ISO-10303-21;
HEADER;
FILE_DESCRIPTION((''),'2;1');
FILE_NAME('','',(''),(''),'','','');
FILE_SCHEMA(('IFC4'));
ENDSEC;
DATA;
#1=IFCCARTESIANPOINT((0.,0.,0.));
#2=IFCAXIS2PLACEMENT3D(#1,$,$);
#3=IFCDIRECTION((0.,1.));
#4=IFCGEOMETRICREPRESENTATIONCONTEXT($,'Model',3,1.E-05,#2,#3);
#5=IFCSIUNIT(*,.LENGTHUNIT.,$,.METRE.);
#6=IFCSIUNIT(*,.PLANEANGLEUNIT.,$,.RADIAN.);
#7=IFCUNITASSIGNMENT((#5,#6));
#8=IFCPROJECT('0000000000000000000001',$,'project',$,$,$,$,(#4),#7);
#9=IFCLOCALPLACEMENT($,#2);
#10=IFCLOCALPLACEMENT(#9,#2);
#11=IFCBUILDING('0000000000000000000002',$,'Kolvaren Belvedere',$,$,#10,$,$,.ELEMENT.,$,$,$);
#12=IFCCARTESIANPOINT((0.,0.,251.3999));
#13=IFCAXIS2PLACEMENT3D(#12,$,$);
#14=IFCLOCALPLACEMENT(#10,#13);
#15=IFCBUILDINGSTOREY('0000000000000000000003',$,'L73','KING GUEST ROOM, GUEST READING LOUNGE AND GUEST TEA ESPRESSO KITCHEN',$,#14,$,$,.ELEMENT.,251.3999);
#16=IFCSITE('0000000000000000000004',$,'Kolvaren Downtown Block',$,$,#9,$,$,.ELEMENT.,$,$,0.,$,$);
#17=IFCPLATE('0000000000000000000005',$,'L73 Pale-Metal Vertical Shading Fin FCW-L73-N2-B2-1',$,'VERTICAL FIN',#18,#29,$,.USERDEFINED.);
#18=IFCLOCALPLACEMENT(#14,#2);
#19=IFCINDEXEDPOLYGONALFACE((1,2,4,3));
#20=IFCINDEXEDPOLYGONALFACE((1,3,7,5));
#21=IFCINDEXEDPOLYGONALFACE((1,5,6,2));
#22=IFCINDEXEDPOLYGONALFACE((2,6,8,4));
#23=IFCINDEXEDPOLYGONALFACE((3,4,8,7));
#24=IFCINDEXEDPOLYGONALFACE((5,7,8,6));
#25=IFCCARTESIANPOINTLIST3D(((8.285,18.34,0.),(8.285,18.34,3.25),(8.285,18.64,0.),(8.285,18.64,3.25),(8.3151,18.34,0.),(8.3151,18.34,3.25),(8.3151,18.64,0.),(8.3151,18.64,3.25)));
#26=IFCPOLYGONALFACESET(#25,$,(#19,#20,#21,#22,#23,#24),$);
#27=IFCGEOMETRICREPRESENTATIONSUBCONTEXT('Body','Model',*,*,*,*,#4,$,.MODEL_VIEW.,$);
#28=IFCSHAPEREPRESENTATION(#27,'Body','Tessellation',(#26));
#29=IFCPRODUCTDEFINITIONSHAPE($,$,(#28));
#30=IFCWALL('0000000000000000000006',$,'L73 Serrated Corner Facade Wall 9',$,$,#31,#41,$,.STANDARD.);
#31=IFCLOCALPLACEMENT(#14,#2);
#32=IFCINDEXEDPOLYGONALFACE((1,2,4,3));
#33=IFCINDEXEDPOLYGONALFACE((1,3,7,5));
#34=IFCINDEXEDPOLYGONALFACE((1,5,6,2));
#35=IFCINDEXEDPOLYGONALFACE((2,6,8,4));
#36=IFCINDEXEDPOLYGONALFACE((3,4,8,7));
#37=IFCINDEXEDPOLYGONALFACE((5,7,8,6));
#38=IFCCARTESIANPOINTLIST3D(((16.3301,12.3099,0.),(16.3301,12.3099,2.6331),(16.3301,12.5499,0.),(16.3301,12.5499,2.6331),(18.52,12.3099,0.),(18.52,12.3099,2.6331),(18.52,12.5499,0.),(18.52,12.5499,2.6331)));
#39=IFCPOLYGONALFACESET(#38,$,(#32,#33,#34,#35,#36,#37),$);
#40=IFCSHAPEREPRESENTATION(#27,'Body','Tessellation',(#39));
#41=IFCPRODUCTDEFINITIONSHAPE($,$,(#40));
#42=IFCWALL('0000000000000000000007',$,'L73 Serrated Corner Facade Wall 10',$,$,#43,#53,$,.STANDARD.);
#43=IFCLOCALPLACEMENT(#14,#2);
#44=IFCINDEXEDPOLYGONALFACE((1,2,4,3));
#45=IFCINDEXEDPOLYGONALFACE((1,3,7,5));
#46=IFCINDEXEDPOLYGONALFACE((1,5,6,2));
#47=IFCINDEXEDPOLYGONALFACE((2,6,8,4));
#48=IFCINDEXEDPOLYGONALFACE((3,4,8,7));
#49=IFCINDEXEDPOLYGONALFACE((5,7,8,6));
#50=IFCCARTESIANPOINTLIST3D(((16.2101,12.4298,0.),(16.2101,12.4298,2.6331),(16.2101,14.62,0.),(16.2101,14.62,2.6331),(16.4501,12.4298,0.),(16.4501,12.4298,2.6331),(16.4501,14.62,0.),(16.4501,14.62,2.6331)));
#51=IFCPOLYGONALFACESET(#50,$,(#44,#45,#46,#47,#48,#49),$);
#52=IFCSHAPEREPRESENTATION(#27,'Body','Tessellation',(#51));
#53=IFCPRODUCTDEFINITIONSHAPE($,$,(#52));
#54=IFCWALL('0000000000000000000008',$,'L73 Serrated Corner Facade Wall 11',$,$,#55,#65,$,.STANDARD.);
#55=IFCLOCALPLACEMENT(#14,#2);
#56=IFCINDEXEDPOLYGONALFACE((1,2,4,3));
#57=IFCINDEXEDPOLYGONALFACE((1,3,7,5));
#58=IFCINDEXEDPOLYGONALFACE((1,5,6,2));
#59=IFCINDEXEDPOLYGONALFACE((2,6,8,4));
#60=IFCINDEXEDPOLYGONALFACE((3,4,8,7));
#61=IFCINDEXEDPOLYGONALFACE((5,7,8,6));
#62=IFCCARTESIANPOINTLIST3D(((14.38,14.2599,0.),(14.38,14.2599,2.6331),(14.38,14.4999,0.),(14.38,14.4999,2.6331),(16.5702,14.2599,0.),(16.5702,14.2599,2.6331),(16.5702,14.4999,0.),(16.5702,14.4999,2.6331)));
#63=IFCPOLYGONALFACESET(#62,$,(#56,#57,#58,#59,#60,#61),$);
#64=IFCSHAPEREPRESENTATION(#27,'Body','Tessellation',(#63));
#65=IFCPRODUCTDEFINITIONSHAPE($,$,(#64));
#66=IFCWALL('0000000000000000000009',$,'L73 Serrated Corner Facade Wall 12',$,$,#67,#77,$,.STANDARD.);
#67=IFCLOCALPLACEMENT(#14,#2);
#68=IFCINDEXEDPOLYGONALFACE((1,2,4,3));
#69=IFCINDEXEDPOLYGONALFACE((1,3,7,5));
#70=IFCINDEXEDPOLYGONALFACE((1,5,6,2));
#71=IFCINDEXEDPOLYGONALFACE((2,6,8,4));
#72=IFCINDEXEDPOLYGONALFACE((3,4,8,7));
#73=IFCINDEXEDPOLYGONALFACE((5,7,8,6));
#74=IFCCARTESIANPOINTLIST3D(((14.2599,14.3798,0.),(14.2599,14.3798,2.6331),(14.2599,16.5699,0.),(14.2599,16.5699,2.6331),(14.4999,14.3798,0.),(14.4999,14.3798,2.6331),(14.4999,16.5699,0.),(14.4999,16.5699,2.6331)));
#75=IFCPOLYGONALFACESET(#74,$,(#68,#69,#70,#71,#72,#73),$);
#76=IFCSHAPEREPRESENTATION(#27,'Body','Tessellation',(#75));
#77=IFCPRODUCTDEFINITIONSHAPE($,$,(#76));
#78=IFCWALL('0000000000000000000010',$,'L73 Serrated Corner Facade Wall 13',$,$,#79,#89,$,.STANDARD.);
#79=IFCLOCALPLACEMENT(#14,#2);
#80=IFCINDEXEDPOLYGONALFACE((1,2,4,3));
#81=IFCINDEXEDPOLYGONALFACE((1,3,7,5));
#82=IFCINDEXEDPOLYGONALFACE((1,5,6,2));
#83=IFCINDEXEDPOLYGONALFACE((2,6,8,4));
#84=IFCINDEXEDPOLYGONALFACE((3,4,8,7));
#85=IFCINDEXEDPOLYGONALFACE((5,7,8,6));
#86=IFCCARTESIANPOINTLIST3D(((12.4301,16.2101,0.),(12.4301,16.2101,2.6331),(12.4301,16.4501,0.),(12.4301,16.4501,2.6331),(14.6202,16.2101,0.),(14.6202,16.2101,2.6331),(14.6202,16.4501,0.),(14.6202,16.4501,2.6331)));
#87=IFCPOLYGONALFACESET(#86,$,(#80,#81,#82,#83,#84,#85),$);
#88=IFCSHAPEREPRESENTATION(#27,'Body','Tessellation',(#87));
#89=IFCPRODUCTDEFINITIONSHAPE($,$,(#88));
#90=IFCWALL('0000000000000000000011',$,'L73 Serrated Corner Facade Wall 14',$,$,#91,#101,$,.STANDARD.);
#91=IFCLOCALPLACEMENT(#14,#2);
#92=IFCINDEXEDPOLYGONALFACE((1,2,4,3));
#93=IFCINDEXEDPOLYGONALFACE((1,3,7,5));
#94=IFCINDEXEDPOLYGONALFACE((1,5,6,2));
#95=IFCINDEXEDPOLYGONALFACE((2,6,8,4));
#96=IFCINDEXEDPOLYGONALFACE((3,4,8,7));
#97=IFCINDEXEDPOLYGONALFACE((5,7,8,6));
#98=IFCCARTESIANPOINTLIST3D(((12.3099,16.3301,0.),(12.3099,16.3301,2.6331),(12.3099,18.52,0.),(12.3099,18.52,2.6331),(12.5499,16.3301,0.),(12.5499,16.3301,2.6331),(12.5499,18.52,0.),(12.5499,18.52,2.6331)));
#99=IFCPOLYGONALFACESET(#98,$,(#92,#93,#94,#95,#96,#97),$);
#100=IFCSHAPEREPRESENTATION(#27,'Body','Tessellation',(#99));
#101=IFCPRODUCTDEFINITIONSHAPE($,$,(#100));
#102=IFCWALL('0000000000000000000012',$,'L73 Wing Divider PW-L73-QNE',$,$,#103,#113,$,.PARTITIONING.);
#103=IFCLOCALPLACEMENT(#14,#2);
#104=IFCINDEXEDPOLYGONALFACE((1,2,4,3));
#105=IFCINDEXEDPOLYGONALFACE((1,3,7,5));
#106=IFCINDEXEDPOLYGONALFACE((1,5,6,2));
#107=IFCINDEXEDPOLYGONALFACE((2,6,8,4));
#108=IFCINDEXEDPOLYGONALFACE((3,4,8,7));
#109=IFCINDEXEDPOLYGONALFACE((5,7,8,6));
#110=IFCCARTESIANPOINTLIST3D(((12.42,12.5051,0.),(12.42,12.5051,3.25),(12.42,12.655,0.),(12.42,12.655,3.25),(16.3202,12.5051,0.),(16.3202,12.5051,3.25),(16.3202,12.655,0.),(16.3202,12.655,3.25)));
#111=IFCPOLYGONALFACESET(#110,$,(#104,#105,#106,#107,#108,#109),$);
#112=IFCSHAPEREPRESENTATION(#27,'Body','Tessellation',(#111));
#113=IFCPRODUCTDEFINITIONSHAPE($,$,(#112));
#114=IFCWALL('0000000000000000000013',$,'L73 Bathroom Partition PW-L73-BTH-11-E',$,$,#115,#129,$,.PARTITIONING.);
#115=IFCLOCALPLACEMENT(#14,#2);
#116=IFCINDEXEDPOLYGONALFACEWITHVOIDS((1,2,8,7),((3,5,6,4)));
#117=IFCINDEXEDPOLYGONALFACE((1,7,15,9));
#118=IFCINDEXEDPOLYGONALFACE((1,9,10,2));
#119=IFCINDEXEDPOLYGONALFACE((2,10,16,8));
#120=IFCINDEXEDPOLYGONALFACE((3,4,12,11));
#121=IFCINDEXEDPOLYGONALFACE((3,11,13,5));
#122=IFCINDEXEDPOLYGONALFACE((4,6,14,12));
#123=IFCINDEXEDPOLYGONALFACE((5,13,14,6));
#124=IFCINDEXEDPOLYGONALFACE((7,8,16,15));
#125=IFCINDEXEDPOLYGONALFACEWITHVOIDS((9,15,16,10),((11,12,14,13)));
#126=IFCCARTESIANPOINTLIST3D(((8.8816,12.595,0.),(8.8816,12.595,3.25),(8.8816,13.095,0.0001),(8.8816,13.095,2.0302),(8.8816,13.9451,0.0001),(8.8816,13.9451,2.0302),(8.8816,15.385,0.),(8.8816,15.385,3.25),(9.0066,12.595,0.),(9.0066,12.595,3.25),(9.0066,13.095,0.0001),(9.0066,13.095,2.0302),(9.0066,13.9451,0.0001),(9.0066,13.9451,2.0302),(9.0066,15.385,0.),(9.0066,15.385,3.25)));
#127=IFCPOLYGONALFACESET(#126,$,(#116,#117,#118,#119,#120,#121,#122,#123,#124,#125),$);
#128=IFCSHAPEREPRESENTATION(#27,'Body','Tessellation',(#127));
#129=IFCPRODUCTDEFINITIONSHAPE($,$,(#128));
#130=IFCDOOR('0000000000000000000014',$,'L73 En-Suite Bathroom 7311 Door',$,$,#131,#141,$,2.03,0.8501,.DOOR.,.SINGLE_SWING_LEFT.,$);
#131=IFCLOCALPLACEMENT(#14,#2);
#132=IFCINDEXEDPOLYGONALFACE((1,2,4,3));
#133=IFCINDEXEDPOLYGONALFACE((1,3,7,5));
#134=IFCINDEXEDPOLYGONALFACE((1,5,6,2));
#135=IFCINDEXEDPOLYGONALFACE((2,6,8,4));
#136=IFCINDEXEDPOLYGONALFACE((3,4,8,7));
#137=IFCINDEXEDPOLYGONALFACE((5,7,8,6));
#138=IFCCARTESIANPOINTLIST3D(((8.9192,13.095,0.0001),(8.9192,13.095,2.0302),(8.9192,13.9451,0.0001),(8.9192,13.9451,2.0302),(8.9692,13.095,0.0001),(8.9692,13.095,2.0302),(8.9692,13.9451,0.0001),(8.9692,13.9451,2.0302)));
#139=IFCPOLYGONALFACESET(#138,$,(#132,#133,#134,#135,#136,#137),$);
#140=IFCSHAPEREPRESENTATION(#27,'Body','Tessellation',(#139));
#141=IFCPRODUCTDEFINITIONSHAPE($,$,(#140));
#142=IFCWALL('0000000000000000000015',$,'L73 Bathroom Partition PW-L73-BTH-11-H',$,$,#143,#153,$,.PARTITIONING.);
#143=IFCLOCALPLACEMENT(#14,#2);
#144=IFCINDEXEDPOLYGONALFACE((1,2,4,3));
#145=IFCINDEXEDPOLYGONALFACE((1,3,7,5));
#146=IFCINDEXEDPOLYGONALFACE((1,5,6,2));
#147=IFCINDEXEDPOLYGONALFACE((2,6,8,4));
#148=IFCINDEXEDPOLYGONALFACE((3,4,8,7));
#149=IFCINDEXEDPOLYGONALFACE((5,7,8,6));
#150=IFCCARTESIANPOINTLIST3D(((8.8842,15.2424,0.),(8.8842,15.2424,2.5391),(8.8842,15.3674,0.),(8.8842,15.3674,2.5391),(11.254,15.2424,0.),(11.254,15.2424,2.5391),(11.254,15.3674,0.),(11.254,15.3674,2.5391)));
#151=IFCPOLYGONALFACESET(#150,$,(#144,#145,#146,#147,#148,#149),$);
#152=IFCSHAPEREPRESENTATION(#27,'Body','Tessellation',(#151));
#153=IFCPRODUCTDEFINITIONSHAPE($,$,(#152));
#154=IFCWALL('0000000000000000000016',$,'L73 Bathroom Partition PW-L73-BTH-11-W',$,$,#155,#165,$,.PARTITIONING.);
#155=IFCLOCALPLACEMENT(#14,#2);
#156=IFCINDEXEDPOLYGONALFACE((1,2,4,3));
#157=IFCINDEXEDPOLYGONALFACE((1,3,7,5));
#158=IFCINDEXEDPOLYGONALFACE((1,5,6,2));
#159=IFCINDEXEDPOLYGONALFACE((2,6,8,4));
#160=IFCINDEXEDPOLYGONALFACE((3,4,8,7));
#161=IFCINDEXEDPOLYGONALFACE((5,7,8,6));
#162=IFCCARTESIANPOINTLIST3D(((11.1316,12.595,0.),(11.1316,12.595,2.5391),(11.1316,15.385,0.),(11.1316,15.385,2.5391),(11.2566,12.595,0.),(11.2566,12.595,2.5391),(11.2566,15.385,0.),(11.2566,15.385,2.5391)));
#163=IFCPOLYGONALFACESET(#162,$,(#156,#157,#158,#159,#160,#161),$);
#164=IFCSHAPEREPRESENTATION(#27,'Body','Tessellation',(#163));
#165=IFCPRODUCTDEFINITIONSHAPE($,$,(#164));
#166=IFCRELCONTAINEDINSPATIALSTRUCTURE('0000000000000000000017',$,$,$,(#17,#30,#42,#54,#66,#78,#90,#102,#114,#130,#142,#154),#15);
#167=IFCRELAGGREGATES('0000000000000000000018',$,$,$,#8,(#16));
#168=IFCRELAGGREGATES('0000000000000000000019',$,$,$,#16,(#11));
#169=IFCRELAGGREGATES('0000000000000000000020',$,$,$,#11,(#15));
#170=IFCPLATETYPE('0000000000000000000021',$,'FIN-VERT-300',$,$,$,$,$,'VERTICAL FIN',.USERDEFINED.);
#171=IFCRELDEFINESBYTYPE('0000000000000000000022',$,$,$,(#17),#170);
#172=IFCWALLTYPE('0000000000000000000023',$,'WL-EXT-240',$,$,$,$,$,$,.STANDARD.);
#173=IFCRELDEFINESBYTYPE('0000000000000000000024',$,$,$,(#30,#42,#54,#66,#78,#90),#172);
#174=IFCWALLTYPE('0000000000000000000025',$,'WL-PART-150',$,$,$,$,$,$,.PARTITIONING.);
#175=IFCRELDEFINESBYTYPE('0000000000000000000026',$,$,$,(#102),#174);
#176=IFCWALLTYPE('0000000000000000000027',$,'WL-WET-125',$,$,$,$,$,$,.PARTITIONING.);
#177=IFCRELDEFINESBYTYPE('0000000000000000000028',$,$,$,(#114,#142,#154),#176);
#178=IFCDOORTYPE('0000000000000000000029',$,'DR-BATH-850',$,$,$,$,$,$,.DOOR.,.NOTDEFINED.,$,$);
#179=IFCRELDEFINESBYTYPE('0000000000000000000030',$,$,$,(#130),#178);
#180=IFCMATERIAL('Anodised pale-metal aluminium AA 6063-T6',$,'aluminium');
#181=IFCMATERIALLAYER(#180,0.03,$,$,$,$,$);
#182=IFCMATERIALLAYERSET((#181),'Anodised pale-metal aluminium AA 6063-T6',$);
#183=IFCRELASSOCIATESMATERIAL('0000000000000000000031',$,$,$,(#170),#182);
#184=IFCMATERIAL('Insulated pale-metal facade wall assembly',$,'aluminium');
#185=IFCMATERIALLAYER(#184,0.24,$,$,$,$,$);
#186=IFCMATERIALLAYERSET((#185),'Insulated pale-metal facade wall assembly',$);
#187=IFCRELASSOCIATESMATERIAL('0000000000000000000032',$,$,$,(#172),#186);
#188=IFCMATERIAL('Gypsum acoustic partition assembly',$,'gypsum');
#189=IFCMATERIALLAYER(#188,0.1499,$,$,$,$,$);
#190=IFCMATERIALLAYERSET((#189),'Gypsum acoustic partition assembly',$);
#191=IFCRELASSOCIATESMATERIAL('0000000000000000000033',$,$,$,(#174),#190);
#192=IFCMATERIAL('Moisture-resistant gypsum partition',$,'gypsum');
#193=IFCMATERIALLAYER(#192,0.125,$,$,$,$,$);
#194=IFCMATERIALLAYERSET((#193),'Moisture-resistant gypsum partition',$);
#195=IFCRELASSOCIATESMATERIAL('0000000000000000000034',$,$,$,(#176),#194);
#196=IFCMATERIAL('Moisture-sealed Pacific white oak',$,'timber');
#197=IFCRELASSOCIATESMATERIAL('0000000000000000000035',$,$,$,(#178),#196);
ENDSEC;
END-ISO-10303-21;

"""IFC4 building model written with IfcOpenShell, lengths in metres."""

from ifc_helpers import new_model, si_unit, direction, frame, frame_2d, origin, origin_2d, place, context, subcontext, project, spatial, rectangle, extrude, material, layer, layer_set, type_object, element, fill, save


model = new_model("IFC4")

# Units and contexts
model_context = context("Model", 3, precision=1e-05, world=origin(), true_north=direction((0.0, 1.0)))
body_context = subcontext(model_context, "Body", "Model", "MODEL_VIEW")
ifc_project = project(units=[si_unit("LENGTHUNIT", "METRE"), si_unit("PLANEANGLEUNIT", "RADIAN")], contexts=[model_context])

# Site, building, storey
site_placement = place(None, origin())
site = spatial("IfcSite", under=ifc_project, at=site_placement, Name="Kolvaren Downtown Block", CompositionType="ELEMENT", RefElevation=0.0)
building_placement = place(site_placement, origin())
building = spatial("IfcBuilding", under=site, at=building_placement, Name="Kolvaren Belvedere", CompositionType="ELEMENT")
storey_placement = place(building_placement, frame((0.0, 0.0, 251.3999)))
storey = spatial("IfcBuildingStorey", under=building, at=storey_placement, Name="L73", Description="KING GUEST ROOM, GUEST READING LOUNGE AND GUEST TEA ESPRESSO KITCHEN", CompositionType="ELEMENT", Elevation=251.3999)

# Plate
ifc_material_1 = material(Name="Anodised pale-metal aluminium AA 6063-T6", Category="aluminium")
ifc_layer_1 = layer(ifc_material_1, 0.03)
ifc_layer_set_1 = layer_set([ifc_layer_1], Name="Anodised pale-metal aluminium AA 6063-T6")
plate_type_1 = type_object("IfcPlateType", Name="FIN-VERT-300", ElementType="VERTICAL FIN", PredefinedType="USERDEFINED", material=ifc_layer_set_1)
plate_1_placement = place(storey_placement, frame((8.3, 18.49, 0.0), z_axis=(0.0, 0.0, 1.0), x_axis=(0.0, 1.0, 0.0)))
element("IfcPlate", 1, at=plate_1_placement, inside=storey, type_object=plate_type_1, Name="L73 Pale-Metal Vertical Shading Fin FCW-L73-N2-B2-1", ObjectType="VERTICAL FIN", PredefinedType="USERDEFINED", context=body_context, shape_type="SweptSolid", body=[
    extrude(rectangle(XDim=0.3, YDim=0.03, at=origin_2d()), origin(), (0.0, 0.0, 1.0), 3.25),
])

# Walls
ifc_material_2 = material(Name="Insulated pale-metal facade wall assembly", Category="aluminium")
ifc_layer_2 = layer(ifc_material_2, 0.24)
ifc_layer_set_2 = layer_set([ifc_layer_2], Name="Insulated pale-metal facade wall assembly")
wall_type_1 = type_object("IfcWallType", Name="WL-EXT-240", PredefinedType="STANDARD", material=ifc_layer_set_2)
wall_1_placement = place(storey_placement, frame((16.3301, 12.4299, 0.0), z_axis=(0.0, 0.0, 1.0), x_axis=(1.0, 0.0, 0.0)))
element("IfcWall", 2, at=wall_1_placement, inside=storey, type_object=wall_type_1, Name="L73 Serrated Corner Facade Wall 9", PredefinedType="STANDARD", context=body_context, shape_type="SweptSolid", body=[
    extrude(rectangle(XDim=2.1899, YDim=0.24, at=frame_2d((1.095, 0.0))), origin(), (0.0, 0.0, 1.0), 2.6331),
])
for number, where, z_axis, x_axis, name in (
    (3, (16.3301, 14.6201, 0.0), (0.0, 0.0, 1.0), (0.0, -1.0, 0.0), "L73 Serrated Corner Facade Wall 10"),
    (4, (14.3799, 14.3799, 0.0), (0.0, 0.0, 1.0), (1.0, 0.0, 0.0), "L73 Serrated Corner Facade Wall 11"),
    (5, (14.3799, 16.5701, 0.0), (0.0, 0.0, 1.0), (0.0, -1.0, 0.0), "L73 Serrated Corner Facade Wall 12"),
    (6, (12.4299, 16.3301, 0.0), (0.0, 0.0, 1.0), (1.0, 0.0, 0.0), "L73 Serrated Corner Facade Wall 13"),
):
    element("IfcWall", number, at=place(storey_placement, frame(where, z_axis=z_axis, x_axis=x_axis)), inside=storey, type_object=wall_type_1, Name=name, PredefinedType="STANDARD", context=body_context, shape_type="SweptSolid", body=[
        extrude(rectangle(XDim=2.1902, YDim=0.24, at=frame_2d((1.0952, 0.0))), origin(), (0.0, 0.0, 1.0), 2.6331),
    ])
wall_2_placement = place(storey_placement, frame((12.4299, 18.52, 0.0), z_axis=(0.0, 0.0, 1.0), x_axis=(0.0, -1.0, 0.0)))
element("IfcWall", 7, at=wall_2_placement, inside=storey, type_object=wall_type_1, Name="L73 Serrated Corner Facade Wall 14", PredefinedType="STANDARD", context=body_context, shape_type="SweptSolid", body=[
    extrude(rectangle(XDim=2.1899, YDim=0.24, at=frame_2d((1.095, 0.0))), origin(), (0.0, 0.0, 1.0), 2.6331),
])
ifc_material_3 = material(Name="Gypsum acoustic partition assembly", Category="gypsum")
ifc_layer_3 = layer(ifc_material_3, 0.1499)
ifc_layer_set_3 = layer_set([ifc_layer_3], Name="Gypsum acoustic partition assembly")
wall_type_2 = type_object("IfcWallType", Name="WL-PART-150", PredefinedType="PARTITIONING", material=ifc_layer_set_3)
wall_3_placement = place(storey_placement, frame((12.4199, 12.5801, 0.0), z_axis=(0.0, 0.0, 1.0), x_axis=(1.0, 0.0, 0.0)))
element("IfcWall", 8, at=wall_3_placement, inside=storey, type_object=wall_type_2, Name="L73 Wing Divider PW-L73-QNE", PredefinedType="PARTITIONING", context=body_context, shape_type="SweptSolid", body=[
    extrude(rectangle(XDim=3.9001, YDim=0.1499, at=frame_2d((1.9502, 0.0))), origin(), (0.0, 0.0, 1.0), 3.25),
])

# Wall, opening, door
ifc_material_4 = material(Name="Moisture-resistant gypsum partition", Category="gypsum")
ifc_layer_4 = layer(ifc_material_4, 0.125)
ifc_layer_set_4 = layer_set([ifc_layer_4], Name="Moisture-resistant gypsum partition")
wall_type_3 = type_object("IfcWallType", Name="WL-WET-125", PredefinedType="PARTITIONING", material=ifc_layer_set_4)
wall_4_placement = place(storey_placement, frame((8.9441, 12.595, 0.0), z_axis=(0.0, 0.0, 1.0), x_axis=(0.0, 1.0, 0.0)))
wall_4 = element("IfcWall", 9, at=wall_4_placement, inside=storey, type_object=wall_type_3, Name="L73 Bathroom Partition PW-L73-BTH-11-E", PredefinedType="PARTITIONING", context=body_context, shape_type="SweptSolid", body=[
    extrude(rectangle(XDim=2.79, YDim=0.125, at=frame_2d((1.395, 0.0))), origin(), (0.0, 0.0, 1.0), 3.25),
])
opening_placement = place(wall_4_placement, frame((0.5, 0.0, 0.0)))
opening = element("IfcOpeningElement", 10, at=opening_placement, cuts=wall_4, PredefinedType="OPENING", context=body_context, shape_type="SweptSolid", body=[
    extrude(rectangle(XDim=0.8501, YDim=2.03, at=frame_2d((0.425, 1.0151))), frame((0.0, 0.0725, 0.0), z_axis=(0.0, -1.0, 0.0), x_axis=(1.0, 0.0, 0.0)), (0.0, 0.0, 1.0), 0.145),
])
ifc_material_5 = material(Name="Moisture-sealed Pacific white oak", Category="timber")
door_type = type_object("IfcDoorType", Name="DR-BATH-850", OperationType="NOTDEFINED", PredefinedType="DOOR", material=ifc_material_5)
door_placement = place(opening_placement, origin())
door = element("IfcDoor", 11, at=door_placement, inside=storey, type_object=door_type, Name="L73 En-Suite Bathroom 7311 Door", OperationType="SINGLE_SWING_LEFT", OverallHeight=2.03, OverallWidth=0.8501, PredefinedType="DOOR", context=body_context, shape_type="SweptSolid", body=[
    extrude(rectangle(XDim=0.8501, YDim=2.03, at=frame_2d((0.425, 1.0151))), frame((0.0, 0.0249, 0.0), z_axis=(0.0, -1.0, 0.0), x_axis=(1.0, 0.0, 0.0)), (0.0, 0.0, 1.0), 0.05),
])
fill(opening, door)

# Walls
wall_5_placement = place(storey_placement, frame((8.884, 15.3049, 0.0), z_axis=(0.0, 0.0, 1.0), x_axis=(1.0, 0.0, 0.0)))
element("IfcWall", 12, at=wall_5_placement, inside=storey, type_object=wall_type_3, Name="L73 Bathroom Partition PW-L73-BTH-11-H", PredefinedType="PARTITIONING", context=body_context, shape_type="SweptSolid", body=[
    extrude(rectangle(XDim=2.3699, YDim=0.125, at=frame_2d((1.1851, 0.0))), origin(), (0.0, 0.0, 1.0), 2.5391),
])
wall_6_placement = place(storey_placement, frame((11.1941, 12.595, 0.0), z_axis=(0.0, 0.0, 1.0), x_axis=(0.0, 1.0, 0.0)))
element("IfcWall", 13, at=wall_6_placement, inside=storey, type_object=wall_type_3, Name="L73 Bathroom Partition PW-L73-BTH-11-W", PredefinedType="PARTITIONING", context=body_context, shape_type="SweptSolid", body=[
    extrude(rectangle(XDim=2.79, YDim=0.125, at=frame_2d((1.395, 0.0))), origin(), (0.0, 0.0, 1.0), 2.5391),
])

save(model, "model.ifc")
